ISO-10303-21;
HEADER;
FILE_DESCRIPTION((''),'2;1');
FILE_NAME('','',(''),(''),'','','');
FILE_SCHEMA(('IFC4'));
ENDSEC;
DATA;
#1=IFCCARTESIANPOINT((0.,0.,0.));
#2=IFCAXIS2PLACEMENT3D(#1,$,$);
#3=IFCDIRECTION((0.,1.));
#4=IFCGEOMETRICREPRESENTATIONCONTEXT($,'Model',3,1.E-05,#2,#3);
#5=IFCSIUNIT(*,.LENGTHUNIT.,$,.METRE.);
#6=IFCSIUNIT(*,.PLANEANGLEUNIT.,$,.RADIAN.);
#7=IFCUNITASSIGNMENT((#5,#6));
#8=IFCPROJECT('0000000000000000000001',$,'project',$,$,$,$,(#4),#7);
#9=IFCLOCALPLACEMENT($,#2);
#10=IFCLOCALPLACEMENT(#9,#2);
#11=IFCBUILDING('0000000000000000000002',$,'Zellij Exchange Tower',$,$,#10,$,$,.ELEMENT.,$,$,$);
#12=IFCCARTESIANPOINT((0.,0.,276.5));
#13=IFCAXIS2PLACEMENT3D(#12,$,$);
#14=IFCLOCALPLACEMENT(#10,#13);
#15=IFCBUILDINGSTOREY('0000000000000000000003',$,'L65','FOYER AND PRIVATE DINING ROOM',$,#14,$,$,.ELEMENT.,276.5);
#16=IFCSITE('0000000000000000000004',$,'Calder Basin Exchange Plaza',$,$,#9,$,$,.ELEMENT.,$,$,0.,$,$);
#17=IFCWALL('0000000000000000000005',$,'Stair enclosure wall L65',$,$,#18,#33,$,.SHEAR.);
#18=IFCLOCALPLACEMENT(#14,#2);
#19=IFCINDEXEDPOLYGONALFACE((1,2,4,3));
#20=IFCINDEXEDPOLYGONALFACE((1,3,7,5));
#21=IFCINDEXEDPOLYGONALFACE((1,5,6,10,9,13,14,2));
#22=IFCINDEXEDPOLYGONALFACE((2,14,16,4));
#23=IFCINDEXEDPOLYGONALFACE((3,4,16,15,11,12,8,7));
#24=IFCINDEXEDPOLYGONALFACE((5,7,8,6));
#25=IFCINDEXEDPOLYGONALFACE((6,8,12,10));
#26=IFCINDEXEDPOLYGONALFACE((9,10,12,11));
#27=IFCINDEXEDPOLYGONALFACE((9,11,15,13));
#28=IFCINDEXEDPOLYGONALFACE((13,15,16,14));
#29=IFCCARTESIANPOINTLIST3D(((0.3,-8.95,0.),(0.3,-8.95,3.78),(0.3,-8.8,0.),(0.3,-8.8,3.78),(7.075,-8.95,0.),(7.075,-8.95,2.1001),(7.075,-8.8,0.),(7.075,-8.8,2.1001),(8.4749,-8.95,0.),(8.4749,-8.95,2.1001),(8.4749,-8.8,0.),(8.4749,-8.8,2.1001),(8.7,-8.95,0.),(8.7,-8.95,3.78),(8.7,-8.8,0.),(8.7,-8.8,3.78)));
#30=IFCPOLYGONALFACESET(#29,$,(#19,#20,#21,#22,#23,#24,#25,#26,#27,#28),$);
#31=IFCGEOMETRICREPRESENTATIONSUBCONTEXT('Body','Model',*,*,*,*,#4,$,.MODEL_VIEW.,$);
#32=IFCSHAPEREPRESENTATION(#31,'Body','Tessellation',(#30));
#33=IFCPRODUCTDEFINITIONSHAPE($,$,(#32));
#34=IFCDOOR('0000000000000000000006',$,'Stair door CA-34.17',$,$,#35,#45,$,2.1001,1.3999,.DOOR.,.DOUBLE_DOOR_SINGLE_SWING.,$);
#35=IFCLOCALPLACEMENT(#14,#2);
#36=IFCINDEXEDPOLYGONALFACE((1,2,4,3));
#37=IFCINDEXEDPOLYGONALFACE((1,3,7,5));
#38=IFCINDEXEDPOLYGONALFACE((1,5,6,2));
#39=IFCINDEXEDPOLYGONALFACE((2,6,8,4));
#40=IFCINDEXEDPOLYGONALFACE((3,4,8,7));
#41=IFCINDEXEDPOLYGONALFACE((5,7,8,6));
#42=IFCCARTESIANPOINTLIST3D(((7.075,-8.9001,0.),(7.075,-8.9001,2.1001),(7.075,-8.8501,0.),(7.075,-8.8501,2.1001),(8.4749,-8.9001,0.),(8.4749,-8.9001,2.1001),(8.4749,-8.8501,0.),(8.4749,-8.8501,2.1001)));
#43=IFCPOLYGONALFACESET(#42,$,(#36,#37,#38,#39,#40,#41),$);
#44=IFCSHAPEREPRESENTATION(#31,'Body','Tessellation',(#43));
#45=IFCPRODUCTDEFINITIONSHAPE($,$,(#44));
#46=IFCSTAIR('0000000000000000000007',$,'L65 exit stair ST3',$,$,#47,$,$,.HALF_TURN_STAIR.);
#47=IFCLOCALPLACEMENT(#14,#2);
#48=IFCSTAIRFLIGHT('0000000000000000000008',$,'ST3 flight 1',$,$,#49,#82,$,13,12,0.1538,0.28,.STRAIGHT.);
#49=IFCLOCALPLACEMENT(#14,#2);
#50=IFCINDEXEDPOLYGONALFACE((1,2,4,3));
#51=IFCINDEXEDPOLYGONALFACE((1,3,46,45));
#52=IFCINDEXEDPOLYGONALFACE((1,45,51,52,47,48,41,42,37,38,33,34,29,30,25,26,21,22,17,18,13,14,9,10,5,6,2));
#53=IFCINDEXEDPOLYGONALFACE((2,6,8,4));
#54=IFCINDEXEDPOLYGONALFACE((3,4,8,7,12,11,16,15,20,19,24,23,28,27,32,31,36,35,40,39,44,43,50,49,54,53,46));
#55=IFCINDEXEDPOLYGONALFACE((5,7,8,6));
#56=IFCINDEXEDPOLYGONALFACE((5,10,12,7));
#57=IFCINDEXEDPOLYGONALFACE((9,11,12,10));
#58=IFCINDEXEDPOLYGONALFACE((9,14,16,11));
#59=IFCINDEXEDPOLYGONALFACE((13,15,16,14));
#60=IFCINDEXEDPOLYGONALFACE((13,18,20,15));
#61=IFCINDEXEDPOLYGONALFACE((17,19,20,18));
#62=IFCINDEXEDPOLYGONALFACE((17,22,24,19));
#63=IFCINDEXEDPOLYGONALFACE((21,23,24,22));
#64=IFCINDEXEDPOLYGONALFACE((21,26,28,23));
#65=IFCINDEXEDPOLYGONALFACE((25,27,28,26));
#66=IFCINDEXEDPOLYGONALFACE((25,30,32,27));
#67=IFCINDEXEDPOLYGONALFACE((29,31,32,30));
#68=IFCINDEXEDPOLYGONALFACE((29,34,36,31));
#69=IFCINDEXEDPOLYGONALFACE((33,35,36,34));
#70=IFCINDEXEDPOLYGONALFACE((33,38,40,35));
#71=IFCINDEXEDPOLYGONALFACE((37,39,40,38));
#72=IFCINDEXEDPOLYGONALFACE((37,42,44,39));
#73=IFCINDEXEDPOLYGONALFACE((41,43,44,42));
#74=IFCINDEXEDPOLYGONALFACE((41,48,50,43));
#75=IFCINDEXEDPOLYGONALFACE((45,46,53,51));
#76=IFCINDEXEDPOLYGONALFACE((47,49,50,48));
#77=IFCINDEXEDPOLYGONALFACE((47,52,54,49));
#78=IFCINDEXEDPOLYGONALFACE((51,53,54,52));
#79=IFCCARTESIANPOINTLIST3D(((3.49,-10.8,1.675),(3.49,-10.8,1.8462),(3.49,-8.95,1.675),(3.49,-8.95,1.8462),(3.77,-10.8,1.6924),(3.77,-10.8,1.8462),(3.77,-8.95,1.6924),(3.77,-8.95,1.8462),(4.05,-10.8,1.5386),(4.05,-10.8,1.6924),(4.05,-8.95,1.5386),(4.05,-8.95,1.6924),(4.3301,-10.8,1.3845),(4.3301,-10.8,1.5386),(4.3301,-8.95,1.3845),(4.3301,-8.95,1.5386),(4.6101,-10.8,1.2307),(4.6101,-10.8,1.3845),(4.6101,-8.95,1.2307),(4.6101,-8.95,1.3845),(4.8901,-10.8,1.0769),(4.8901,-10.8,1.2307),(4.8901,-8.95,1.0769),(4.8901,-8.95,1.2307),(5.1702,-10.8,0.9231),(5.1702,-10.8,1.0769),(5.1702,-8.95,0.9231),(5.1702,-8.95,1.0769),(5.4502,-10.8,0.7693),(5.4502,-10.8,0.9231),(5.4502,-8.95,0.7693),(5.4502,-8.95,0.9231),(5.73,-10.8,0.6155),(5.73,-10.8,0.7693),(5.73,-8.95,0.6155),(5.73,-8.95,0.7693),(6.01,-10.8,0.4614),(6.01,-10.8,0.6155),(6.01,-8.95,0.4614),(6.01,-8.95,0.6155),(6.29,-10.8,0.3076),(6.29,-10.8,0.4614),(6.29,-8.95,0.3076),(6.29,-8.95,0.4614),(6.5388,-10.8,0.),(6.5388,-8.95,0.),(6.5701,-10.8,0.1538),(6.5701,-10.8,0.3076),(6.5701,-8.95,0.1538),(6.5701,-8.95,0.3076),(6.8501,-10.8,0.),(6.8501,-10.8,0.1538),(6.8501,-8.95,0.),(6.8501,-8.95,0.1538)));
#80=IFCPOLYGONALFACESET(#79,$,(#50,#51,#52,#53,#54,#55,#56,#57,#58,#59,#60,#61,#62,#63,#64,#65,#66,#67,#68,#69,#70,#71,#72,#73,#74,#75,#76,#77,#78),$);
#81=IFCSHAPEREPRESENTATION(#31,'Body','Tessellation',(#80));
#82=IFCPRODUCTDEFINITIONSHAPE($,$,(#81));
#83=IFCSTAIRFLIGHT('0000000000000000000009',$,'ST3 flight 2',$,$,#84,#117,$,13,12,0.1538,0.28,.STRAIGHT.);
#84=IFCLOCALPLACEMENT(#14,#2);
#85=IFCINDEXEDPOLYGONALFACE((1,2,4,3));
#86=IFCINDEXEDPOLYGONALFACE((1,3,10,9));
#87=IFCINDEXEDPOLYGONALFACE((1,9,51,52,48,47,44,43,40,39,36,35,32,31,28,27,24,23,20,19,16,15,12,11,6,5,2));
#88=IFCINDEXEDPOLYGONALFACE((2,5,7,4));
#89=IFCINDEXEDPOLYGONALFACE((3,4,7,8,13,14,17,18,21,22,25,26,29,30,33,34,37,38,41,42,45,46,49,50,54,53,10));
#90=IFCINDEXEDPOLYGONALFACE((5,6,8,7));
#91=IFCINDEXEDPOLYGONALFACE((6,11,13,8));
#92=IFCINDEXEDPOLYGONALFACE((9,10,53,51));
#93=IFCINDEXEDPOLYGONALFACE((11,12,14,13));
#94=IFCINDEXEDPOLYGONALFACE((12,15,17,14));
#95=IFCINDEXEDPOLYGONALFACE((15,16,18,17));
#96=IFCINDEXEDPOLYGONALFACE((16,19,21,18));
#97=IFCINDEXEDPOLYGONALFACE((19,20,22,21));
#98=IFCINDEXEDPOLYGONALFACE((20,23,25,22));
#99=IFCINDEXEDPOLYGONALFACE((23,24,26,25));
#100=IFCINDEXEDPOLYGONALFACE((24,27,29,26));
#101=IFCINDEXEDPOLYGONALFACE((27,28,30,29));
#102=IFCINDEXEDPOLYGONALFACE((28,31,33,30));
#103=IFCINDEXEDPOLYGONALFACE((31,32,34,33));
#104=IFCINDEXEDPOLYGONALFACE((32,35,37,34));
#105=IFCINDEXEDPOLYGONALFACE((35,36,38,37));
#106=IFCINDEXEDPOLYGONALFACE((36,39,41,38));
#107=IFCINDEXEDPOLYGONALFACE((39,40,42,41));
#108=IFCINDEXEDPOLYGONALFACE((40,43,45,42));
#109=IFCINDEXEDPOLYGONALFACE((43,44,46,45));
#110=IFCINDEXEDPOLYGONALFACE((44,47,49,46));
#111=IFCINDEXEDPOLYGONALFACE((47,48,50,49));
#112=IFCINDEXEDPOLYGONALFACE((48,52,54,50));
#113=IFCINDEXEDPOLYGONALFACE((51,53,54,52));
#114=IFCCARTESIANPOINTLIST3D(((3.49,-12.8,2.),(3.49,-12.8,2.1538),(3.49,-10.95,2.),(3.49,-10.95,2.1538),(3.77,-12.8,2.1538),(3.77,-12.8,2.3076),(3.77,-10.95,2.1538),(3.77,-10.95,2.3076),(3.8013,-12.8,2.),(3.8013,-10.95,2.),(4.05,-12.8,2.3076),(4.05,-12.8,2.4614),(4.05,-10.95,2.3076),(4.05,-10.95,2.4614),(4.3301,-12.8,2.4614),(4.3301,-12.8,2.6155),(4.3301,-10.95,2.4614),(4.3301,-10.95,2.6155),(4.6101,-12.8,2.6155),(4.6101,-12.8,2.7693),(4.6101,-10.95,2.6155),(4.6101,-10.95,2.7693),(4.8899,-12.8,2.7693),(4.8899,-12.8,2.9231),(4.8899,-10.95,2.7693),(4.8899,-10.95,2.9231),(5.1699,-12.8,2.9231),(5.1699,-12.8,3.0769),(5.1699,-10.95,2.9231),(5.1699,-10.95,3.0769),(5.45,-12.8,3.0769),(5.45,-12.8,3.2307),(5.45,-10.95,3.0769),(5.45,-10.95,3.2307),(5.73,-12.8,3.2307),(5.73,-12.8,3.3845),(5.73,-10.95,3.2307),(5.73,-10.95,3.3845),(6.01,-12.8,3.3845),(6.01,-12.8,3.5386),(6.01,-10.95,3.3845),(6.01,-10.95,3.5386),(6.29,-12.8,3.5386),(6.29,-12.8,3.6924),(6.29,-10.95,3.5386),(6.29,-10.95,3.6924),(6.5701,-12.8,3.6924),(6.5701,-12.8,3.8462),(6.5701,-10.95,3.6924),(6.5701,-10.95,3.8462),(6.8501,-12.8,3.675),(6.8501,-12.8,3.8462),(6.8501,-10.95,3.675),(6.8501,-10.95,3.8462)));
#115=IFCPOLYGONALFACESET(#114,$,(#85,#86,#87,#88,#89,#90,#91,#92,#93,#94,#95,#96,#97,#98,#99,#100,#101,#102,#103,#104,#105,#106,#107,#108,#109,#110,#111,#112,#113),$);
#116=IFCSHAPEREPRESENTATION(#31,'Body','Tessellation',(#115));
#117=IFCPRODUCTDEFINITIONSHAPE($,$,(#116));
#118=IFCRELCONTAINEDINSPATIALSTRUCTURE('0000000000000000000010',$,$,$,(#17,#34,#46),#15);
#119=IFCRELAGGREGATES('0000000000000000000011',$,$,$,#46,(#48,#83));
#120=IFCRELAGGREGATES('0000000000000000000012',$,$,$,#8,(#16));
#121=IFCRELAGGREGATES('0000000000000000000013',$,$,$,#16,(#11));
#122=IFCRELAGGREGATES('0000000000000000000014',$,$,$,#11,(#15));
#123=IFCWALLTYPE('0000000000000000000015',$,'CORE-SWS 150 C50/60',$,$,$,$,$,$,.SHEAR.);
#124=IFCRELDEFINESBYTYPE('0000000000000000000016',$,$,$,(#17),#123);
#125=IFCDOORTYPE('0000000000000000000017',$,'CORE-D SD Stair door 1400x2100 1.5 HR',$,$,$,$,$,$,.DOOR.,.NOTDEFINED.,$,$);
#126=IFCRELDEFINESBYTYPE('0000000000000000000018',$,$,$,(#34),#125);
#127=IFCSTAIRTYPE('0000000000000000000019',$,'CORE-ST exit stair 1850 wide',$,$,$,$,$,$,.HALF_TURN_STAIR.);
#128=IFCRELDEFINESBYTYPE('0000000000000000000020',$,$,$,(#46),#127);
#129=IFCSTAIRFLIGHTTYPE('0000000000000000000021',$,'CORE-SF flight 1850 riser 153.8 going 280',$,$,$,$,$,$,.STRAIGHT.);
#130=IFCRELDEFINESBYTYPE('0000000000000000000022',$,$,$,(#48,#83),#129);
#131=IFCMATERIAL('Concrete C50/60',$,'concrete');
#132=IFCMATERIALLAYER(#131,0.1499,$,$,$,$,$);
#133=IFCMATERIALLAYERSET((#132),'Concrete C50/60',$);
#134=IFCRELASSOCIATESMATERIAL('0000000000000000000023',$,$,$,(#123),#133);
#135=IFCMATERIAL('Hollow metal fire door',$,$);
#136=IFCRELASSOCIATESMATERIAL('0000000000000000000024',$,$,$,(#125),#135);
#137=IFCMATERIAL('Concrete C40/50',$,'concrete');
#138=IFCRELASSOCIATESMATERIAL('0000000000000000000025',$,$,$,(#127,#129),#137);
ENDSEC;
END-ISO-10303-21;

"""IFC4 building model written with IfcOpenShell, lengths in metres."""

from ifc_helpers import new_model, si_unit, direction, frame, frame_2d, origin, place, context, subcontext, project, spatial, polyline, rectangle, outline, extrude, material, layer, layer_set, type_object, element, fill, aggregate, save


model = new_model("IFC4")

# Units and contexts
model_context = context("Model", 3, precision=1e-05, world=origin(), true_north=direction((0.0, 1.0)))
body_context = subcontext(model_context, "Body", "Model", "MODEL_VIEW")
ifc_project = project(units=[si_unit("LENGTHUNIT", "METRE"), si_unit("PLANEANGLEUNIT", "RADIAN")], contexts=[model_context])

# Site, building, storey
site_placement = place(None, origin())
site = spatial("IfcSite", under=ifc_project, at=site_placement, Name="Calder Basin Exchange Plaza", CompositionType="ELEMENT", RefElevation=0.0)
building_placement = place(site_placement, origin())
building = spatial("IfcBuilding", under=site, at=building_placement, Name="Zellij Exchange Tower", CompositionType="ELEMENT")
storey_placement = place(building_placement, frame((0.0, 0.0, 276.5)))
storey = spatial("IfcBuildingStorey", under=building, at=storey_placement, Name="L65", Description="FOYER AND PRIVATE DINING ROOM", CompositionType="ELEMENT", Elevation=276.5)

# Shared definitions
ifc_material_1 = material(Name="Concrete C50/60", Category="concrete")

# Shared definitions
ifc_material_2 = material(Name="Hollow metal fire door")

# Wall, opening, door
ifc_layer_1 = layer(ifc_material_1, 0.1499)
ifc_layer_set_1 = layer_set([ifc_layer_1], Name="Concrete C50/60")
wall_type_1 = type_object("IfcWallType", Name="CORE-SWS 150 C50/60", PredefinedType="SHEAR", material=ifc_layer_set_1)
wall_1_placement = place(storey_placement, frame((0.3, -8.875, 0.0), z_axis=(0.0, 0.0, 1.0), x_axis=(1.0, 0.0, 0.0)))
wall_1 = element("IfcWall", 1, at=wall_1_placement, inside=storey, type_object=wall_type_1, Name="Stair enclosure wall L65", PredefinedType="SHEAR", context=body_context, shape_type="SweptSolid", body=[
    extrude(rectangle(XDim=8.3999, YDim=0.1499, at=frame_2d((4.2, 0.0))), origin(), (0.0, 0.0, 1.0), 3.78),
])
opening_1_placement = place(wall_1_placement, frame((6.7749, 0.0, 0.0)))
opening_1 = element("IfcOpeningElement", 2, at=opening_1_placement, cuts=wall_1, PredefinedType="OPENING", context=body_context, shape_type="SweptSolid", body=[
    extrude(rectangle(XDim=1.3999, YDim=2.1001, at=frame_2d((0.7, 1.05))), frame((0.0, 0.0869, 0.0), z_axis=(0.0, -1.0, 0.0), x_axis=(1.0, 0.0, 0.0)), (0.0, 0.0, 1.0), 0.1738),
])
door_type_1 = type_object("IfcDoorType", Name="CORE-D SD Stair door 1400x2100 1.5 HR", OperationType="NOTDEFINED", PredefinedType="DOOR", material=ifc_material_2)
door_1_placement = place(opening_1_placement, origin())
door_1 = element("IfcDoor", 3, at=door_1_placement, inside=storey, type_object=door_type_1, Name="Stair door CA-34.17", OperationType="DOUBLE_DOOR_SINGLE_SWING", OverallHeight=2.1001, OverallWidth=1.3999, PredefinedType="DOOR", context=body_context, shape_type="SweptSolid", body=[
    extrude(rectangle(XDim=1.3999, YDim=2.1001, at=frame_2d((0.7, 1.05))), frame((0.0, 0.0249, 0.0), z_axis=(0.0, -1.0, 0.0), x_axis=(1.0, 0.0, 0.0)), (0.0, 0.0, 1.0), 0.05),
])
fill(opening_1, door_1)

# Stair, stair flights
ifc_material_3 = material(Name="Concrete C40/50", Category="concrete")
stair_type = type_object("IfcStairType", Name="CORE-ST exit stair 1850 wide", PredefinedType="HALF_TURN_STAIR", material=ifc_material_3)
stair_placement = place(storey_placement, origin())
stair = element("IfcStair", 4, at=stair_placement, inside=storey, type_object=stair_type, Name="L65 exit stair ST3", PredefinedType="HALF_TURN_STAIR")
stair_flight_type = type_object("IfcStairFlightType", Name="CORE-SF flight 1850 riser 153.8 going 280", PredefinedType="STRAIGHT", material=ifc_material_3)
stair_flight_1_placement = place(storey_placement, frame((6.8501, -9.875, 0.0), z_axis=(0.0, 0.0, 1.0), x_axis=(-1.0, 0.0, 0.0)))
stair_flight_1 = element("IfcStairFlight", 5, at=stair_flight_1_placement, type_object=stair_flight_type, Name="ST3 flight 1", NumberOfRisers=13, NumberOfTreads=12, PredefinedType="STRAIGHT", RiserHeight=0.1538, TreadLength=0.28, context=body_context, shape_type="SweptSolid", body=[
    extrude(outline(polyline([(0.0, 0.0), (0.0, 0.1538), (0.28, 0.1538), (0.28, 0.3076), (0.5601, 0.3076), (0.5601, 0.4614), (0.8401, 0.4614), (0.8401, 0.6155), (1.1201, 0.6155), (1.1201, 0.7693), (1.3999, 0.7693), (1.3999, 0.9231), (1.6799, 0.9231), (1.6799, 1.0769), (1.96, 1.0769), (1.96, 1.2307), (2.24, 1.2307), (2.24, 1.3845), (2.52, 1.3845), (2.52, 1.5386), (2.8, 1.5386), (2.8, 1.6924), (3.0801, 1.6924), (3.0801, 1.8462), (3.3601, 1.8462), (3.3601, 2.0), (3.3601, 1.675), (0.3113, 0.0), (0.0, 0.0)])), frame((0.0, 0.925, 0.0), z_axis=(0.0, -1.0, 0.0), x_axis=(1.0, 0.0, 0.0)), (0.0, 0.0, 1.0), 1.8501),
])
stair_flight_2_placement = place(storey_placement, frame((3.49, -11.875, 2.0), z_axis=(0.0, 0.0, 1.0), x_axis=(1.0, 0.0, 0.0)))
stair_flight_2 = element("IfcStairFlight", 6, at=stair_flight_2_placement, type_object=stair_flight_type, Name="ST3 flight 2", NumberOfRisers=13, NumberOfTreads=12, PredefinedType="STRAIGHT", RiserHeight=0.1538, TreadLength=0.28, context=body_context, shape_type="SweptSolid", body=[
    extrude(outline(polyline([(0.0, 0.0), (0.0, 0.1538), (0.28, 0.1538), (0.28, 0.3076), (0.5601, 0.3076), (0.5601, 0.4614), (0.8401, 0.4614), (0.8401, 0.6155), (1.1201, 0.6155), (1.1201, 0.7693), (1.3999, 0.7693), (1.3999, 0.9231), (1.6799, 0.9231), (1.6799, 1.0769), (1.96, 1.0769), (1.96, 1.2307), (2.24, 1.2307), (2.24, 1.3845), (2.52, 1.3845), (2.52, 1.5386), (2.8, 1.5386), (2.8, 1.6924), (3.0801, 1.6924), (3.0801, 1.8462), (3.3601, 1.8462), (3.3601, 2.0), (3.3601, 1.675), (0.3113, 0.0), (0.0, 0.0)])), frame((0.0, 0.925, 0.0), z_axis=(0.0, -1.0, 0.0), x_axis=(1.0, 0.0, 0.0)), (0.0, 0.0, 1.0), 1.8501),
])
aggregate(stair, [stair_flight_1, stair_flight_2])

save(model, "model.ifc")
